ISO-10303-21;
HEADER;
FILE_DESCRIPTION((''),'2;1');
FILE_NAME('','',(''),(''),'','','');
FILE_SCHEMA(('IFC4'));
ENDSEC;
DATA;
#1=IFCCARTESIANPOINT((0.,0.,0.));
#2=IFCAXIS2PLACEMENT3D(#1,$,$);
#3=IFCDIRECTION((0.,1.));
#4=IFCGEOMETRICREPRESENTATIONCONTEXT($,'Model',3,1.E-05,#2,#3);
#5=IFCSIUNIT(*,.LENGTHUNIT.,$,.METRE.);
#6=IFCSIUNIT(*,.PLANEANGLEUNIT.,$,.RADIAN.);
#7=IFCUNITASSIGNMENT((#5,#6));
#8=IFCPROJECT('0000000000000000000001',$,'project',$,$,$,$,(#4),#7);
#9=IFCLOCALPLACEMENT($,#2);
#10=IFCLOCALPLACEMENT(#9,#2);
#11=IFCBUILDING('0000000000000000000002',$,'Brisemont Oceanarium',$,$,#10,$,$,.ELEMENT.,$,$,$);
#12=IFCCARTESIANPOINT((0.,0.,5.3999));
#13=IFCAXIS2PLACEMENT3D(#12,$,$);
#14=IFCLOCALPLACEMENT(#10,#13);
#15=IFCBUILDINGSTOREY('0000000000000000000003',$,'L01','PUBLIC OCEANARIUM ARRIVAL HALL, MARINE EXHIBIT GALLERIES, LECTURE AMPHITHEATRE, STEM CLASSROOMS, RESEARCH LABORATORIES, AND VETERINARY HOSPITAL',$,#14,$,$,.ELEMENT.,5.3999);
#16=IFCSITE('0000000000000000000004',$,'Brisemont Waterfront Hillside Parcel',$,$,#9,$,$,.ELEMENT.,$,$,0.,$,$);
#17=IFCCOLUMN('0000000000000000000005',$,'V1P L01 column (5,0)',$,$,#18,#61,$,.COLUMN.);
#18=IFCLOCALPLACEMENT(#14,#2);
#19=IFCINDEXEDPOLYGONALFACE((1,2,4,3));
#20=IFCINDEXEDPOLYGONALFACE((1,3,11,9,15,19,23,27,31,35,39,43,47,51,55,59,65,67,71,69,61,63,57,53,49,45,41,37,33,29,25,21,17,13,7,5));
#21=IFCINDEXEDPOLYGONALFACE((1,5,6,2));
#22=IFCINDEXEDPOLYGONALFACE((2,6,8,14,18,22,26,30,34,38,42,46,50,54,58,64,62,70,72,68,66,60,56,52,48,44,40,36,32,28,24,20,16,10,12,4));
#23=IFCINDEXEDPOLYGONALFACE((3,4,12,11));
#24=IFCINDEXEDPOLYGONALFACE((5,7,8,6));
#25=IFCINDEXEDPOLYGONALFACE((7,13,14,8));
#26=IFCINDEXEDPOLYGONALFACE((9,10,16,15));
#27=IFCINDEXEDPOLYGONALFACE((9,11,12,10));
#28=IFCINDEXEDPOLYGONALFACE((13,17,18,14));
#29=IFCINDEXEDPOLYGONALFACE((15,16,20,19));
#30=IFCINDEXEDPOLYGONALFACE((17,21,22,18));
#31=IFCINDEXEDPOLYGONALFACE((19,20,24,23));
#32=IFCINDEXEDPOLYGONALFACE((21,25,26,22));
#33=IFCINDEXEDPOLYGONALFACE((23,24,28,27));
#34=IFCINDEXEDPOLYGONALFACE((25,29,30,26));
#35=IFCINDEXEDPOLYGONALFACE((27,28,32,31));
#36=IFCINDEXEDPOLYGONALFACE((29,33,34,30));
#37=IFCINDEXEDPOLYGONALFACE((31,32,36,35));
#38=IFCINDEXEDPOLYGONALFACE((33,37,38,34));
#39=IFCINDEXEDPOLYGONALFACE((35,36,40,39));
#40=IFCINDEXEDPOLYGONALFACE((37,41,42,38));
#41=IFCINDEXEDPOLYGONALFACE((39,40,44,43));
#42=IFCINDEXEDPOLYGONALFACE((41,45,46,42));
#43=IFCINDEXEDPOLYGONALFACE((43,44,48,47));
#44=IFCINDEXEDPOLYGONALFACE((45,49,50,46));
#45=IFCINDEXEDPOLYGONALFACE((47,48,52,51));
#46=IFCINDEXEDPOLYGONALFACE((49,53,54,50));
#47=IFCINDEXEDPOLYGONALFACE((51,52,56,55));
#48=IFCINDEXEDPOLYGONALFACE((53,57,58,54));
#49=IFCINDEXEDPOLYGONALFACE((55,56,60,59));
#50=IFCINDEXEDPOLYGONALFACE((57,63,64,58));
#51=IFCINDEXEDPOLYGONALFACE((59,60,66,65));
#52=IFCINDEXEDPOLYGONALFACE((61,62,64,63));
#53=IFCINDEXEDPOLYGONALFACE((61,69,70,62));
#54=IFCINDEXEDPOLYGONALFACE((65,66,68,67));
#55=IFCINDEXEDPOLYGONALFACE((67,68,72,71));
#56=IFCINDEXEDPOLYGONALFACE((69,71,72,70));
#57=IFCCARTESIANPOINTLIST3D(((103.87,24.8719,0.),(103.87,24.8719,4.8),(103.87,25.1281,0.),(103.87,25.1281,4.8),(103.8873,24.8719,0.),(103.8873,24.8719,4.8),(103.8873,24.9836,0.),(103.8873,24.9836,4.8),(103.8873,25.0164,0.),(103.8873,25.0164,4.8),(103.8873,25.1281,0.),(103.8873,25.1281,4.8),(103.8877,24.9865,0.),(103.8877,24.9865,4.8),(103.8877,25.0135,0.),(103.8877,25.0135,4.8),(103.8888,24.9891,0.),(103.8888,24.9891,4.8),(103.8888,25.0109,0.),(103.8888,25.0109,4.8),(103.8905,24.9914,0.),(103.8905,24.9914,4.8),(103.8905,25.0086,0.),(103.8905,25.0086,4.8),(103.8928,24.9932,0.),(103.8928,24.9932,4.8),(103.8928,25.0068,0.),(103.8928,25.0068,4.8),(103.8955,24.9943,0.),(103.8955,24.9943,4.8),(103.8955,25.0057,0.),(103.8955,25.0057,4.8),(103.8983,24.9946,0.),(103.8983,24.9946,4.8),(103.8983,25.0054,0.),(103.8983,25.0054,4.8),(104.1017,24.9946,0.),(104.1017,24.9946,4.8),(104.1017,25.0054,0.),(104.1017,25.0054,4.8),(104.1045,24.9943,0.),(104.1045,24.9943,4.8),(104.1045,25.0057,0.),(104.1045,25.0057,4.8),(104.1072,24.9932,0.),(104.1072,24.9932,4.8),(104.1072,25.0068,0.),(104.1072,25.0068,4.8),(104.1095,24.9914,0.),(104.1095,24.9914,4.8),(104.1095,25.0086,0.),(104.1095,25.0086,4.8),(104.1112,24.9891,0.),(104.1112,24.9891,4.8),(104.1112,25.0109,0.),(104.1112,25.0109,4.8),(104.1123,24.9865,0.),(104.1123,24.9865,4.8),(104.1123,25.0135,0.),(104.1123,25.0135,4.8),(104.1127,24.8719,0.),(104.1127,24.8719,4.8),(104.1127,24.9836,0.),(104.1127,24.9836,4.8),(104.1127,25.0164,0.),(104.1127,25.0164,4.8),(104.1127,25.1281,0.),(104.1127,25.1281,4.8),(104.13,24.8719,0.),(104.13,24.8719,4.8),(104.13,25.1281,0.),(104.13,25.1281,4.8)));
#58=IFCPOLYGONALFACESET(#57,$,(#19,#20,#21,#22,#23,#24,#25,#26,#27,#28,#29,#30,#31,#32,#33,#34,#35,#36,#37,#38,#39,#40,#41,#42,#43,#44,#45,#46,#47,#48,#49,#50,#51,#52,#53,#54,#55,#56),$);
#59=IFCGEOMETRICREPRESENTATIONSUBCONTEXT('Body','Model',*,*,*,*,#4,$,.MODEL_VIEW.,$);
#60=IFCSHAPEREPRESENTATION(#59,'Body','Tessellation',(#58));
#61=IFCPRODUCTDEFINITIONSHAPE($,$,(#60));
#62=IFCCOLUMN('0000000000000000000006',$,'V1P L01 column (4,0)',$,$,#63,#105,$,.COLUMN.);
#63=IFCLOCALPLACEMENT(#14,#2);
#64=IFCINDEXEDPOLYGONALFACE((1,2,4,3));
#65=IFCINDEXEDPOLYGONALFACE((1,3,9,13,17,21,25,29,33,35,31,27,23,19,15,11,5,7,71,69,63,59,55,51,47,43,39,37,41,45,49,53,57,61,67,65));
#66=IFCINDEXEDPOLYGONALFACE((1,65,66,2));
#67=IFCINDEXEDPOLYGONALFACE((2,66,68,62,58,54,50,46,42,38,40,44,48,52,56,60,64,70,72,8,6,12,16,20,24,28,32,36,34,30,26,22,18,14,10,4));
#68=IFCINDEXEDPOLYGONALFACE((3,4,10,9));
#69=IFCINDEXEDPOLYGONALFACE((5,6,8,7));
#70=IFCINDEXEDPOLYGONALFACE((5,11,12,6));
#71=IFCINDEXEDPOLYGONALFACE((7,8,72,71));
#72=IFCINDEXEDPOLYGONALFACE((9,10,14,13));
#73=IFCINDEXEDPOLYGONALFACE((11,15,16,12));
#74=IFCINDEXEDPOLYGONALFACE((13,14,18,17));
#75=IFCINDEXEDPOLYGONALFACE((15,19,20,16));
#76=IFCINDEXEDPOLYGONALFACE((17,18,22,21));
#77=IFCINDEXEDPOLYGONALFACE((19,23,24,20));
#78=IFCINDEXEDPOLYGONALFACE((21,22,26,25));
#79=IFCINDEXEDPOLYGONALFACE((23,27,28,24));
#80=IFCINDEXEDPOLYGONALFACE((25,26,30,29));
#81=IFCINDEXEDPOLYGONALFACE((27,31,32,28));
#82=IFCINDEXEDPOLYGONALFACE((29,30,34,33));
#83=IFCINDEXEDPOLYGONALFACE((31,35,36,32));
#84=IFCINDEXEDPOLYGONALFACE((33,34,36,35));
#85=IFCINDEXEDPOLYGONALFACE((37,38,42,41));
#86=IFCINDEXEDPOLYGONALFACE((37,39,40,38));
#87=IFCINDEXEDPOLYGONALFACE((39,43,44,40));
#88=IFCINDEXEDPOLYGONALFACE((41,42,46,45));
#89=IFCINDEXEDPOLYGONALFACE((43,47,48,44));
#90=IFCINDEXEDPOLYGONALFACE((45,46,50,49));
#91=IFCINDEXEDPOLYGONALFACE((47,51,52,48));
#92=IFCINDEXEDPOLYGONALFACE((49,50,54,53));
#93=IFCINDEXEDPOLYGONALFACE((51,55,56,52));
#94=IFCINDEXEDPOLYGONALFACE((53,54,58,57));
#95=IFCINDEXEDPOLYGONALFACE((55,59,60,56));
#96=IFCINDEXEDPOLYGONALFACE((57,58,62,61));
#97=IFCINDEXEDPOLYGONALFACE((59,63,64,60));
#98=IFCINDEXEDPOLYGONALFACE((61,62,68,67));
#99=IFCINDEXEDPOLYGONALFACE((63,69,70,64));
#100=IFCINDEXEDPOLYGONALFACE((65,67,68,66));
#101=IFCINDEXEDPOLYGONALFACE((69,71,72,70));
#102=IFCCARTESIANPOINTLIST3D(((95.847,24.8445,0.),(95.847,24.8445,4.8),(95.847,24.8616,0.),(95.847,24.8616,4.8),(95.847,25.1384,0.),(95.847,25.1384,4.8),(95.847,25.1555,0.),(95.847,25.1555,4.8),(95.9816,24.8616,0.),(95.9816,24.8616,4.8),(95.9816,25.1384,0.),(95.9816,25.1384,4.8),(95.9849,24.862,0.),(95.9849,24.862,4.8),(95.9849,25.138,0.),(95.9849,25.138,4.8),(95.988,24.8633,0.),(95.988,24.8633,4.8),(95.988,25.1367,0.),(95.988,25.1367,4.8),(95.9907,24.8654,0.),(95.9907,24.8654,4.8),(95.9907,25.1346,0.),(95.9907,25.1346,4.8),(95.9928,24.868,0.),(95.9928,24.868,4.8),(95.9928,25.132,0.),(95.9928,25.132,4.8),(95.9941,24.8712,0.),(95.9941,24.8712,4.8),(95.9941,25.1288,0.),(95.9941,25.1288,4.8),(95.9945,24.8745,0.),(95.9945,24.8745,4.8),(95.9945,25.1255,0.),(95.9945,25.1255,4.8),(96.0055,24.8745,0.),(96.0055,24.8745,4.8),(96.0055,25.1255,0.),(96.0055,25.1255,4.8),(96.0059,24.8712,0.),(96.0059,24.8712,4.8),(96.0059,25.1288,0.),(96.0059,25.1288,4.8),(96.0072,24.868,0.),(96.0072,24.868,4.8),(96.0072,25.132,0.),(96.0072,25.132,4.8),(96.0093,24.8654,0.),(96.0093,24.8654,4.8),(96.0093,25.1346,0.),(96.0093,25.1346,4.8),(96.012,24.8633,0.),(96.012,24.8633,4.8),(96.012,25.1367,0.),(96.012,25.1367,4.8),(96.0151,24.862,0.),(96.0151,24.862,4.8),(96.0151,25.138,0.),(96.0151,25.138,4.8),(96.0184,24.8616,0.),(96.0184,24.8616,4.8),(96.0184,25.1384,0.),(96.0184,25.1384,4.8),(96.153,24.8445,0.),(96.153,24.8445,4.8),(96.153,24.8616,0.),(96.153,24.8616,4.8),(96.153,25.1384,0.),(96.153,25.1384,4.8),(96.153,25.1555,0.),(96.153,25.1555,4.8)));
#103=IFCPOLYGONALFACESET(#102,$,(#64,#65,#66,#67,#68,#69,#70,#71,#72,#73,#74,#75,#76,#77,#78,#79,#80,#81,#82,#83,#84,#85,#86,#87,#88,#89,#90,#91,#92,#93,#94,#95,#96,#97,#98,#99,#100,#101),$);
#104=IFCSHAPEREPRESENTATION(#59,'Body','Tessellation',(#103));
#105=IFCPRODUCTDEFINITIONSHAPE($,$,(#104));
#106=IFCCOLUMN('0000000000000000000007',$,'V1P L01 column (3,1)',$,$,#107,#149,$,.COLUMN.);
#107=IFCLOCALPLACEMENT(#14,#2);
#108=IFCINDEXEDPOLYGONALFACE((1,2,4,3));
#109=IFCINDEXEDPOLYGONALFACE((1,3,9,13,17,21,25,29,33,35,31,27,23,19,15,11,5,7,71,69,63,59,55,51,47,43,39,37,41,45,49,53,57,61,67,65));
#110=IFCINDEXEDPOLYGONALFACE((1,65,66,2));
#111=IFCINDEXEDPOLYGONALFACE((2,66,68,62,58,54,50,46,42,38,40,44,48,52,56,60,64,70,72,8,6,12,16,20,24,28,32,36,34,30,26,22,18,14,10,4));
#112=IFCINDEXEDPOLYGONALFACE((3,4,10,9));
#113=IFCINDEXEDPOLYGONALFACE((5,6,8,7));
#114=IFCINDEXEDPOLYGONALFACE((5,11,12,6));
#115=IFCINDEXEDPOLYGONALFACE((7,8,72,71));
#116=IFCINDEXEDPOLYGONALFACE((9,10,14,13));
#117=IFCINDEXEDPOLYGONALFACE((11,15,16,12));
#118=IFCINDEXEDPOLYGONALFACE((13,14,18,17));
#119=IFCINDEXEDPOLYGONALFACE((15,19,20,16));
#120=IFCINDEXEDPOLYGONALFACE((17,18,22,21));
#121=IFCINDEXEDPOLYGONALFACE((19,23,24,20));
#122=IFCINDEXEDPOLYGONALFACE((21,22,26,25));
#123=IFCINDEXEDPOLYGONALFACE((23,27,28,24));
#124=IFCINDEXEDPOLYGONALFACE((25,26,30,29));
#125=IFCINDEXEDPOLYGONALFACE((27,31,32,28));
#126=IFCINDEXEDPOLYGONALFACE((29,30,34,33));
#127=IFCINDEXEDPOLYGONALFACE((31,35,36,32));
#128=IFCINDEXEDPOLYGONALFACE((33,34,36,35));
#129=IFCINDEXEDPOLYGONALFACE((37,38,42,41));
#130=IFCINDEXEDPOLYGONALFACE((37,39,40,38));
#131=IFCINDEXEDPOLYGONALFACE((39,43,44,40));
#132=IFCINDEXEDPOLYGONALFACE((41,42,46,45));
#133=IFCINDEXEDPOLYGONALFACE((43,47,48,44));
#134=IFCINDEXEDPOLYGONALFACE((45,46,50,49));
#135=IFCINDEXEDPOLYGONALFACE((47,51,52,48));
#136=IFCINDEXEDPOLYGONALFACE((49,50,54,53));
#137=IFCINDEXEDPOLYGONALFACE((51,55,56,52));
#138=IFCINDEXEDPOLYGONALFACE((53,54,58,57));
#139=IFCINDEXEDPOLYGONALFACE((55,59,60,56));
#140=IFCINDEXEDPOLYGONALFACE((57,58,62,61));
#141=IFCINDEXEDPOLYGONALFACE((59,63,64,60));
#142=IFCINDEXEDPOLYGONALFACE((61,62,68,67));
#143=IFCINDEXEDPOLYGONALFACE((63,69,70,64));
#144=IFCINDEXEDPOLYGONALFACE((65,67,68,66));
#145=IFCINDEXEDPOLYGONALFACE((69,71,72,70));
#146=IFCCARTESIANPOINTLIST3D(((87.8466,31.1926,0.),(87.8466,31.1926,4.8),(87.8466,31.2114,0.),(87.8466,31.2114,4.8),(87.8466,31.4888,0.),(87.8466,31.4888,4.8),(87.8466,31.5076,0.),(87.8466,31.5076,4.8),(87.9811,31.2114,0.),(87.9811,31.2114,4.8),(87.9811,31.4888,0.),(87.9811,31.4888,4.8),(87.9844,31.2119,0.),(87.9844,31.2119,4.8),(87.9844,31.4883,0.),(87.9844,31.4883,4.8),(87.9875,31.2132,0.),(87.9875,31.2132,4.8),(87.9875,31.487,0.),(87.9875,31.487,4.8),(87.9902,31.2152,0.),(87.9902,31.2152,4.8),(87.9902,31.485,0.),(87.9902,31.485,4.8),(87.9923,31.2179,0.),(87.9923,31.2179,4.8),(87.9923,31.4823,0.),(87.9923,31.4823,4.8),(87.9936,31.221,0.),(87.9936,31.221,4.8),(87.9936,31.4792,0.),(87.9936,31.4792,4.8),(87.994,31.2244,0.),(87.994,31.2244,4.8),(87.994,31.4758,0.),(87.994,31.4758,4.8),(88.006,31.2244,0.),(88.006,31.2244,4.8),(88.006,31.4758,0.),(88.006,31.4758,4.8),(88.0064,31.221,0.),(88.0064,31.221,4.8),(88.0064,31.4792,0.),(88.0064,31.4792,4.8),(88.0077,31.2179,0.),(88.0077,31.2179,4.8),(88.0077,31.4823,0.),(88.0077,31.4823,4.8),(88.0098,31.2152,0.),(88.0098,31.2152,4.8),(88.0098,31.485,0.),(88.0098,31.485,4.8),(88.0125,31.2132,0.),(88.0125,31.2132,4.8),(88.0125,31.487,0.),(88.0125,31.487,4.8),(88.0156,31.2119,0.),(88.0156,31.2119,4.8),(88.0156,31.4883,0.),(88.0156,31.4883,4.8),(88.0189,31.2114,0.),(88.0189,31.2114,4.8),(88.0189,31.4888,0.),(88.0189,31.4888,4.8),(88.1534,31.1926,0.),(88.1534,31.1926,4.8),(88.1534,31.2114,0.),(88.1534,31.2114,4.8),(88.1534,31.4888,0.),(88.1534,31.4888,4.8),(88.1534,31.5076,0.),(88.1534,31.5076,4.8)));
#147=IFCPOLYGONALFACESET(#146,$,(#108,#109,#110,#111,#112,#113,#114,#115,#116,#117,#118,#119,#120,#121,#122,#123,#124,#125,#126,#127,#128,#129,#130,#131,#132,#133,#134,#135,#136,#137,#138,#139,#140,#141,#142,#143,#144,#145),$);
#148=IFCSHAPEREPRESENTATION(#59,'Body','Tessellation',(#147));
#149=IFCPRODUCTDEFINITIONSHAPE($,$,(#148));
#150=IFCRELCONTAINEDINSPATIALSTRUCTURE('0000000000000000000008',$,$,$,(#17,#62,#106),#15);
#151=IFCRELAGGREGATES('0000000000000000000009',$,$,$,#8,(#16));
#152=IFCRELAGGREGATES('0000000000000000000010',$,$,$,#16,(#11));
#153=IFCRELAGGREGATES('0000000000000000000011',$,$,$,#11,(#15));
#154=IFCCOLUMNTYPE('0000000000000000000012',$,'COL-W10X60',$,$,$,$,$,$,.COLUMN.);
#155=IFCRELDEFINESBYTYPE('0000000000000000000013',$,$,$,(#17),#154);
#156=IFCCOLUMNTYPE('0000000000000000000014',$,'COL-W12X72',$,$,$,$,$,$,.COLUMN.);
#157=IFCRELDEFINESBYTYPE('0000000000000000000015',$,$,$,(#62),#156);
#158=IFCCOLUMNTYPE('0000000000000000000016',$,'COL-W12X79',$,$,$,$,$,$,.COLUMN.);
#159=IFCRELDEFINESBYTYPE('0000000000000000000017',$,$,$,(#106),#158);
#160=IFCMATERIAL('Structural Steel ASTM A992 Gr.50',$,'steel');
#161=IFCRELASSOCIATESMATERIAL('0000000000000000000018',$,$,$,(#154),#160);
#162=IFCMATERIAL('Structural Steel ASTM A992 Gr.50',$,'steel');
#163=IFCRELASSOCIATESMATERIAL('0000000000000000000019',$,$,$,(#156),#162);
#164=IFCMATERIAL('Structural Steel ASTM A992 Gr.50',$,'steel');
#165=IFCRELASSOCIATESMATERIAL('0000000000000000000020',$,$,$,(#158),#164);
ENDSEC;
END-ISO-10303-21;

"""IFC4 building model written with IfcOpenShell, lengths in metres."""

from ifc_helpers import new_model, si_unit, direction, frame, origin, origin_2d, place, context, subcontext, project, spatial, i_section, extrude, material, material_profile, profile_set, type_object, element, save


model = new_model("IFC4")

# Units and contexts
model_context = context("Model", 3, precision=1e-05, world=origin(), true_north=direction((0.0, 1.0)))
body_context = subcontext(model_context, "Body", "Model", "MODEL_VIEW")
ifc_project = project(units=[si_unit("LENGTHUNIT", "METRE"), si_unit("PLANEANGLEUNIT", "RADIAN")], contexts=[model_context])

# Site, building, storey
site_placement = place(None, origin())
site = spatial("IfcSite", under=ifc_project, at=site_placement, Name="Brisemont Waterfront Hillside Parcel", CompositionType="ELEMENT", RefElevation=0.0)
building_placement = place(site_placement, origin())
building = spatial("IfcBuilding", under=site, at=building_placement, Name="Brisemont Oceanarium", CompositionType="ELEMENT")
storey_placement = place(building_placement, frame((0.0, 0.0, 5.3999)))
storey = spatial("IfcBuildingStorey", under=building, at=storey_placement, Name="L01", Description="PUBLIC OCEANARIUM ARRIVAL HALL, MARINE EXHIBIT GALLERIES, LECTURE AMPHITHEATRE, STEM CLASSROOMS, RESEARCH LABORATORIES, AND VETERINARY HOSPITAL", CompositionType="ELEMENT", Elevation=5.3999)

# Columns
ifc_material_1 = material(Name="Structural Steel ASTM A992 Gr.50", Category="steel")
ifc_material_profile_1 = material_profile(ifc_material_1, i_section(OverallWidth=0.2561, OverallDepth=0.26, WebThickness=0.0107, FlangeThickness=0.0173, FilletRadius=0.011, at=origin_2d()), Name="W10X60")
ifc_profile_set_1 = profile_set([ifc_material_profile_1], Name="Structural Steel ASTM A992 Gr.50")
column_type_1 = type_object("IfcColumnType", Name="COL-W10X60", PredefinedType="COLUMN", material=ifc_profile_set_1)
column_1_placement = place(storey_placement, frame((104.0, 25.0, 0.0), z_axis=(0.0, 0.0, 1.0), x_axis=(0.0, 1.0, 0.0)))
element("IfcColumn", 1, at=column_1_placement, inside=storey, type_object=column_type_1, Name="V1P L01 column (5,0)", PredefinedType="COLUMN", context=body_context, shape_type="SweptSolid", body=[
    extrude(i_section(OverallWidth=0.2561, OverallDepth=0.26, WebThickness=0.0107, FlangeThickness=0.0173, FilletRadius=0.011, at=origin_2d()), origin(), (0.0, 0.0, 1.0), 4.8),
])
ifc_material_2 = material(Name="Structural Steel ASTM A992 Gr.50", Category="steel")
ifc_material_profile_2 = material_profile(ifc_material_2, i_section(OverallWidth=0.3059, OverallDepth=0.311, WebThickness=0.011, FlangeThickness=0.0171, FilletRadius=0.0129, at=origin_2d()), Name="W12X72")
ifc_profile_set_2 = profile_set([ifc_material_profile_2], Name="Structural Steel ASTM A992 Gr.50")
column_type_2 = type_object("IfcColumnType", Name="COL-W12X72", PredefinedType="COLUMN", material=ifc_profile_set_2)
column_2_placement = place(storey_placement, frame((96.0, 25.0, 0.0), z_axis=(0.0, 0.0, 1.0), x_axis=(1.0, 0.0, 0.0)))
element("IfcColumn", 2, at=column_2_placement, inside=storey, type_object=column_type_2, Name="V1P L01 column (4,0)", PredefinedType="COLUMN", context=body_context, shape_type="SweptSolid", body=[
    extrude(i_section(OverallWidth=0.3059, OverallDepth=0.311, WebThickness=0.011, FlangeThickness=0.0171, FilletRadius=0.0129, at=origin_2d()), origin(), (0.0, 0.0, 1.0), 4.8),
])
ifc_material_3 = material(Name="Structural Steel ASTM A992 Gr.50", Category="steel")
ifc_material_profile_3 = material_profile(ifc_material_3, i_section(OverallWidth=0.3069, OverallDepth=0.3149, WebThickness=0.012, FlangeThickness=0.0188, FilletRadius=0.0129, at=origin_2d()), Name="W12X79")
ifc_profile_set_3 = profile_set([ifc_material_profile_3], Name="Structural Steel ASTM A992 Gr.50")
column_type_3 = type_object("IfcColumnType", Name="COL-W12X79", PredefinedType="COLUMN", material=ifc_profile_set_3)
column_3_placement = place(storey_placement, frame((88.0, 31.3501, 0.0), z_axis=(0.0, 0.0, 1.0), x_axis=(1.0, 0.0, 0.0)))
element("IfcColumn", 3, at=column_3_placement, inside=storey, type_object=column_type_3, Name="V1P L01 column (3,1)", PredefinedType="COLUMN", context=body_context, shape_type="SweptSolid", body=[
    extrude(i_section(OverallWidth=0.3069, OverallDepth=0.3149, WebThickness=0.012, FlangeThickness=0.0188, FilletRadius=0.0129, at=origin_2d()), origin(), (0.0, 0.0, 1.0), 4.8),
])

save(model, "model.ifc")
